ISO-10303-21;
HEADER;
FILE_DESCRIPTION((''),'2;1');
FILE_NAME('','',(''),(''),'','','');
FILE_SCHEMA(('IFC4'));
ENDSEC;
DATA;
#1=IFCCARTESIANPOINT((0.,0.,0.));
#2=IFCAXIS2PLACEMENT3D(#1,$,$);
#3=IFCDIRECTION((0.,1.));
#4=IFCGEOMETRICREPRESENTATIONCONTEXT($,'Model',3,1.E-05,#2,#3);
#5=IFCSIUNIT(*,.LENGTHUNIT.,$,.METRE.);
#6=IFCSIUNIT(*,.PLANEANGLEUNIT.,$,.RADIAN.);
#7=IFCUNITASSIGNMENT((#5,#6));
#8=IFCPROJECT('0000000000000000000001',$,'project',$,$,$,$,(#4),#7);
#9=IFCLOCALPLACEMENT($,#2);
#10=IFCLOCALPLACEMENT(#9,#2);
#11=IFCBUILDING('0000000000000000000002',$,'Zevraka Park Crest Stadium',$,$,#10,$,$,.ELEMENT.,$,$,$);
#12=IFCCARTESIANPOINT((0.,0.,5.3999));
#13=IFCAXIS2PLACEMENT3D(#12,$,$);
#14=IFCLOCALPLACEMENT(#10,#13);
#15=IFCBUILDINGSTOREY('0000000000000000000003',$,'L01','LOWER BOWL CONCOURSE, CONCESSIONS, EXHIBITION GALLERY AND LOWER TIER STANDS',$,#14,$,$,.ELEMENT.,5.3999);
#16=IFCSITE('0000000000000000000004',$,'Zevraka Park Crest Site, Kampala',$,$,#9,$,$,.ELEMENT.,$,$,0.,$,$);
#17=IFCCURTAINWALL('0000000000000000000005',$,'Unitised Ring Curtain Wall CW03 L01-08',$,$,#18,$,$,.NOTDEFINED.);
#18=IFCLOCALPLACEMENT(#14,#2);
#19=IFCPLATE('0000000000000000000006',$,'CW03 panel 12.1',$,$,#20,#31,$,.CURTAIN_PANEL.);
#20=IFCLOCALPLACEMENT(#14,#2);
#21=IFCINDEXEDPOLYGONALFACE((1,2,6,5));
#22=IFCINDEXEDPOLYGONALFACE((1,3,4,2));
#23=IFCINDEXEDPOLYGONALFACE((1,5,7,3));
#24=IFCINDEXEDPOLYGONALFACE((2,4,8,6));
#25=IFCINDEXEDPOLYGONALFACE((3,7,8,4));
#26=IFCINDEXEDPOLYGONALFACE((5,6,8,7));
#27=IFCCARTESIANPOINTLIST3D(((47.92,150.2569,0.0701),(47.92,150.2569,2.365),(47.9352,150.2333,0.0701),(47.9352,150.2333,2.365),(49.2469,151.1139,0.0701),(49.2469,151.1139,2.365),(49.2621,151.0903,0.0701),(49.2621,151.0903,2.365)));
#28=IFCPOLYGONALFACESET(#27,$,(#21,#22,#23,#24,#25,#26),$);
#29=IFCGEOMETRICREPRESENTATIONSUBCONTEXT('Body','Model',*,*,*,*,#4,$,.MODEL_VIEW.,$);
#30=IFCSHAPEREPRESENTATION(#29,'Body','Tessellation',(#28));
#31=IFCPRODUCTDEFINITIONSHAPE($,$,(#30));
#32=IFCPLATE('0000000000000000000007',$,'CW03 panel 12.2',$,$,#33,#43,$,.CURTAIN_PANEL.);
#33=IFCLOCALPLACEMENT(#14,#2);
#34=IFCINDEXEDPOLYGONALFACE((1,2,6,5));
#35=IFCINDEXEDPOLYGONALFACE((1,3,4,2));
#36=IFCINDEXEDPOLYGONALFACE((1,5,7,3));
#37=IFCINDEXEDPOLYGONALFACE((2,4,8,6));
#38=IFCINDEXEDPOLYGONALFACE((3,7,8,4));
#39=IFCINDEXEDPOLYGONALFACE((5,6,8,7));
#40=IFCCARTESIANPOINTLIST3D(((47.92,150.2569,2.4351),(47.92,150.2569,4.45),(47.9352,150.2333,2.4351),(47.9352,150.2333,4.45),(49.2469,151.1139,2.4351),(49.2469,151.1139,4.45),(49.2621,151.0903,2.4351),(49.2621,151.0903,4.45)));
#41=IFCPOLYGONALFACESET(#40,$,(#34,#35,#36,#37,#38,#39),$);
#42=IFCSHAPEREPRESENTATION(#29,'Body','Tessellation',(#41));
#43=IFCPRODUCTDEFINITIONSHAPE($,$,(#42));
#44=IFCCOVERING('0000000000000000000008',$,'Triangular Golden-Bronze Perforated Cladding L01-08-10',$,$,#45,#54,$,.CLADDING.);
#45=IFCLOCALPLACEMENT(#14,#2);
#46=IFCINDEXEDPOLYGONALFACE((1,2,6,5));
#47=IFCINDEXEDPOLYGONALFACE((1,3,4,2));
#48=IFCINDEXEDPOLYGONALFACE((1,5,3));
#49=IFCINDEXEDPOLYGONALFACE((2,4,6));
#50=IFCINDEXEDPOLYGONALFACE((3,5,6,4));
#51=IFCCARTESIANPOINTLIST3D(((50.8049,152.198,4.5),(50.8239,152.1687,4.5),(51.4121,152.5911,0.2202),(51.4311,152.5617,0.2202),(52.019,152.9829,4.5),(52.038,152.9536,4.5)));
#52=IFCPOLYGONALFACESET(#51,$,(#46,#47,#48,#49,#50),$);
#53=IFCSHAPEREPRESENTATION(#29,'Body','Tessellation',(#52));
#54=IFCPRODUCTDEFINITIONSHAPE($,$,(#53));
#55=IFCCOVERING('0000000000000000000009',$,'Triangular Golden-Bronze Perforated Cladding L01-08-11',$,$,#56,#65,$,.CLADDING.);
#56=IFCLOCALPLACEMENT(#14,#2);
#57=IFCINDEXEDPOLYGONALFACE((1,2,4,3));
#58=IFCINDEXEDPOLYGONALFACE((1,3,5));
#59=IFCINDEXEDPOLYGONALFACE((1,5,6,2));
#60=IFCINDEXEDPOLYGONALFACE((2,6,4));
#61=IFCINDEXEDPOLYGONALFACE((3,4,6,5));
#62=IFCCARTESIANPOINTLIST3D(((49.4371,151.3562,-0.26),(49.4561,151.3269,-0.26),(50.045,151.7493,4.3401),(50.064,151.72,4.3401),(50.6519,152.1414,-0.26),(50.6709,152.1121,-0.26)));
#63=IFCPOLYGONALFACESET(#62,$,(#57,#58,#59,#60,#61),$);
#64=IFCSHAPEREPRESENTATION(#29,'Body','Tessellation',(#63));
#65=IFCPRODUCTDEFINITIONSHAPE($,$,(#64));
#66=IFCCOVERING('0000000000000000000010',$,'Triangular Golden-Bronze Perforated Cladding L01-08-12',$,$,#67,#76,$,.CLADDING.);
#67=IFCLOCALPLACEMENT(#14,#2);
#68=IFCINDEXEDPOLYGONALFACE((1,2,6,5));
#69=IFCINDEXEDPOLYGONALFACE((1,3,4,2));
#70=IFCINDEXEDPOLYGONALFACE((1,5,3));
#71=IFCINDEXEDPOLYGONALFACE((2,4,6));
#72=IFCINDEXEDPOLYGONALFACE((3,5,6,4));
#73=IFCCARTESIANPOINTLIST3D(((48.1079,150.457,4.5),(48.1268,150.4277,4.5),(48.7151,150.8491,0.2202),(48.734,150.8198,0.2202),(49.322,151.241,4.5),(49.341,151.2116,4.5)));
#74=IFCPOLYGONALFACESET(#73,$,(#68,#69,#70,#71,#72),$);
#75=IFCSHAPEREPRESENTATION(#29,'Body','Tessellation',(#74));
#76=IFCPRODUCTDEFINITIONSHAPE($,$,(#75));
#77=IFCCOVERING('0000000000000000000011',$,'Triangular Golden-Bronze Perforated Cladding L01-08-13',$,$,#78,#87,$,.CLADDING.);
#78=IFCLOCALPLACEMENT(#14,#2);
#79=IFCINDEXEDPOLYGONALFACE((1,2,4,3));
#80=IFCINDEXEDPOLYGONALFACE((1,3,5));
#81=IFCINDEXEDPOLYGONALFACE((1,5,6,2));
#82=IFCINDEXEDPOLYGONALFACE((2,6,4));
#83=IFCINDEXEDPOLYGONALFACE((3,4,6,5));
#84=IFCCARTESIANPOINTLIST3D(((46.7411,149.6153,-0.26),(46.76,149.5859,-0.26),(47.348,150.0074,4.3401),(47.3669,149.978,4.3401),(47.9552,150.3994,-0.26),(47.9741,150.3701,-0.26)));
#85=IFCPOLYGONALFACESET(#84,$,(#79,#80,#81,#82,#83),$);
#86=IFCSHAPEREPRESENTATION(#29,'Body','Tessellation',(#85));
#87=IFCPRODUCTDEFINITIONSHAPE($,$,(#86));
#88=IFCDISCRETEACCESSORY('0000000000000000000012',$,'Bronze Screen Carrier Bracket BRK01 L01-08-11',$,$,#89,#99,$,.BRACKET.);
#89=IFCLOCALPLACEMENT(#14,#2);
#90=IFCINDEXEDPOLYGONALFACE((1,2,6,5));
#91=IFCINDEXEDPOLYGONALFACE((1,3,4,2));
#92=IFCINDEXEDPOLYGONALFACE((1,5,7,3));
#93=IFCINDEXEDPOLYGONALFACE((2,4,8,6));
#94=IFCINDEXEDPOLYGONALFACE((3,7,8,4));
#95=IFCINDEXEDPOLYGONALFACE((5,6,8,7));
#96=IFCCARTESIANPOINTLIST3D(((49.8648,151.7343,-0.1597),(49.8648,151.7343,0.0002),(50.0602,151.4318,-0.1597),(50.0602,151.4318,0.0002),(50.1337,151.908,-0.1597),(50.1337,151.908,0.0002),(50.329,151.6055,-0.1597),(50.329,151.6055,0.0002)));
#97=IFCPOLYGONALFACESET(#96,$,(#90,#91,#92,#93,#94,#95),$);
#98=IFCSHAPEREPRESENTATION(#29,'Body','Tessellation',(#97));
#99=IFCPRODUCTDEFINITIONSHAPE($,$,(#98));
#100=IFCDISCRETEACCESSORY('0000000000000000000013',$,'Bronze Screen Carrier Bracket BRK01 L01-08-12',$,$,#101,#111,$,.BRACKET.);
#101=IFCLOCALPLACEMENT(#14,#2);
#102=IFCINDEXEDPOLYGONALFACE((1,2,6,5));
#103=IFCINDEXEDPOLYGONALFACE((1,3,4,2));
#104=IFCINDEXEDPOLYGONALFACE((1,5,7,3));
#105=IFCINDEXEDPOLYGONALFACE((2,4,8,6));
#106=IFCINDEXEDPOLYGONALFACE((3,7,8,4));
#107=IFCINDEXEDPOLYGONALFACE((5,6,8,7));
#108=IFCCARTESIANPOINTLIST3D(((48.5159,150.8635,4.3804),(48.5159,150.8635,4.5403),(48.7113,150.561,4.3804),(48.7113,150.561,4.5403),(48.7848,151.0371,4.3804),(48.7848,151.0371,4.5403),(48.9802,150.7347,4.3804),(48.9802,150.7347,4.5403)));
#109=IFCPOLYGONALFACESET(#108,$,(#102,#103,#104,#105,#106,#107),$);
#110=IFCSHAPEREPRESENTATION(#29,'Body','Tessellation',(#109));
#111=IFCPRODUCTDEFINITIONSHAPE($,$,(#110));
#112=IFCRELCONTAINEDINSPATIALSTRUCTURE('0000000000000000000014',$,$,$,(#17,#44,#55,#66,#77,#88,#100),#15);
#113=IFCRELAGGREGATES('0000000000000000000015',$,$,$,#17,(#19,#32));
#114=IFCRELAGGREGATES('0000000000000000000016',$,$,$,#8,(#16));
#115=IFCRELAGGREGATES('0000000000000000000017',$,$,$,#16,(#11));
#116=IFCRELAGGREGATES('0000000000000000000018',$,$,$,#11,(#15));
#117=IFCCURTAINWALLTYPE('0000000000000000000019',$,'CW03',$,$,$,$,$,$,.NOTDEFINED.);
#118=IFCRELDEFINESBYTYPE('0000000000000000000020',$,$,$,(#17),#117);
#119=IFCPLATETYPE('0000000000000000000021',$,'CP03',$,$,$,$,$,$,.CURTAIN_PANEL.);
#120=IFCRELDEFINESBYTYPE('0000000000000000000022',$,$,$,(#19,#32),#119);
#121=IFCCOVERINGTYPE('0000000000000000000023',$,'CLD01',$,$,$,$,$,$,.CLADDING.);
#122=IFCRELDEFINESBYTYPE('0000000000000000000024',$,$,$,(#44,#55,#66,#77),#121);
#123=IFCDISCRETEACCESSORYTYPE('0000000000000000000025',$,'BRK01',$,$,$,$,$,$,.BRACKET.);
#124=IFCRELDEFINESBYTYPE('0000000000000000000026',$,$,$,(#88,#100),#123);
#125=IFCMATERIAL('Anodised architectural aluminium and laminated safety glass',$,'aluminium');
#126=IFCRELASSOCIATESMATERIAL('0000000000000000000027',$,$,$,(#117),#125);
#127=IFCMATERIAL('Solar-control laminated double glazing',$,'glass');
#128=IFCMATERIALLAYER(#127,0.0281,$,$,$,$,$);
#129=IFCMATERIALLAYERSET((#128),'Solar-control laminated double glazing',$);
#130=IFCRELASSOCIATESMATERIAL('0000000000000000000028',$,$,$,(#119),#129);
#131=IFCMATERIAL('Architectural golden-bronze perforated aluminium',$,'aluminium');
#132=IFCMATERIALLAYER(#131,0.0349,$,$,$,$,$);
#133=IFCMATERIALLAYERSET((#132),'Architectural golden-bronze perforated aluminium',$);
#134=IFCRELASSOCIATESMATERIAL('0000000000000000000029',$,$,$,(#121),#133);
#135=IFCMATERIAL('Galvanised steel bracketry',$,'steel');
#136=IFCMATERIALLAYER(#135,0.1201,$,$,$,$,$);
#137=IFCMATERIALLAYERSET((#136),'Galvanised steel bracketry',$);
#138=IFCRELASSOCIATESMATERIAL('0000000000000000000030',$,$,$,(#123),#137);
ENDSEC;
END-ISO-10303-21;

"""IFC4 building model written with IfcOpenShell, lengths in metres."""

from ifc_helpers import new_model, si_unit, direction, frame, origin, origin_2d, place, context, subcontext, project, spatial, polyline, rectangle, outline, extrude, material, layer, layer_set, type_object, element, aggregate, save


model = new_model("IFC4")

# Units and contexts
model_context = context("Model", 3, precision=1e-05, world=origin(), true_north=direction((0.0, 1.0)))
body_context = subcontext(model_context, "Body", "Model", "MODEL_VIEW")
ifc_project = project(units=[si_unit("LENGTHUNIT", "METRE"), si_unit("PLANEANGLEUNIT", "RADIAN")], contexts=[model_context])

# Site, building, storey
site_placement = place(None, origin())
site = spatial("IfcSite", under=ifc_project, at=site_placement, Name="Zevraka Park Crest Site, Kampala", CompositionType="ELEMENT", RefElevation=0.0)
building_placement = place(site_placement, origin())
building = spatial("IfcBuilding", under=site, at=building_placement, Name="Zevraka Park Crest Stadium", CompositionType="ELEMENT")
storey_placement = place(building_placement, frame((0.0, 0.0, 5.3999)))
storey = spatial("IfcBuildingStorey", under=building, at=storey_placement, Name="L01", Description="LOWER BOWL CONCOURSE, CONCESSIONS, EXHIBITION GALLERY AND LOWER TIER STANDS", CompositionType="ELEMENT", Elevation=5.3999)

# Curtain wall, plates
ifc_material_1 = material(Name="Anodised architectural aluminium and laminated safety glass", Category="aluminium")
curtain_wall_type = type_object("IfcCurtainWallType", Name="CW03", PredefinedType="NOTDEFINED", material=ifc_material_1)
curtain_wall_placement = place(storey_placement, origin())
curtain_wall = element("IfcCurtainWall", 1, at=curtain_wall_placement, inside=storey, type_object=curtain_wall_type, Name="Unitised Ring Curtain Wall CW03 L01-08", PredefinedType="NOTDEFINED")
ifc_material_2 = material(Name="Solar-control laminated double glazing", Category="glass")
ifc_layer_1 = layer(ifc_material_2, 0.0281)
ifc_layer_set_1 = layer_set([ifc_layer_1], Name="Solar-control laminated double glazing")
plate_type = type_object("IfcPlateType", Name="CP03", PredefinedType="CURTAIN_PANEL", material=ifc_layer_set_1)
plate_1_placement = place(storey_placement, frame((48.5911, 150.6736, 0.0701), z_axis=(0.0, 0.0, 1.0), x_axis=(-0.84001, -0.542571, 0.0)))
plate_1 = element("IfcPlate", 2, at=plate_1_placement, type_object=plate_type, Name="CW03 panel 12.1", PredefinedType="CURTAIN_PANEL", context=body_context, shape_type="SweptSolid", body=[
    extrude(rectangle(XDim=1.5796, YDim=0.0281, at=origin_2d()), origin(), (0.0, 0.0, 1.0), 2.2949),
])
plate_2_placement = place(storey_placement, frame((48.5911, 150.6736, 2.4351), z_axis=(0.0, 0.0, 1.0), x_axis=(-0.84001, -0.542571, 0.0)))
plate_2 = element("IfcPlate", 3, at=plate_2_placement, type_object=plate_type, Name="CW03 panel 12.2", PredefinedType="CURTAIN_PANEL", context=body_context, shape_type="SweptSolid", body=[
    extrude(rectangle(XDim=1.5796, YDim=0.0281, at=origin_2d()), origin(), (0.0, 0.0, 1.0), 2.0149),
])
aggregate(curtain_wall, [plate_1, plate_2])

# Coverings
ifc_material_3 = material(Name="Architectural golden-bronze perforated aluminium", Category="aluminium")
ifc_layer_2 = layer(ifc_material_3, 0.0349)
ifc_layer_set_2 = layer_set([ifc_layer_2], Name="Architectural golden-bronze perforated aluminium")
covering_type = type_object("IfcCoveringType", Name="CLD01", PredefinedType="CLADDING", material=ifc_layer_set_2)
covering_1_placement = place(storey_placement, frame((50.8049, 152.198, 4.5), z_axis=(-0.542915, 0.839788, 0.000104), x_axis=(0.839788, 0.542915, 0.0)))
element("IfcCovering", 4, at=covering_1_placement, inside=storey, type_object=covering_type, Name="Triangular Golden-Bronze Perforated Cladding L01-08-10", PredefinedType="CLADDING", context=body_context, shape_type="SweptSolid", body=[
    extrude(outline(polyline([(0.0, 0.0), (1.4457, 0.0), (0.7233, 4.2798), (0.0, 0.0)])), origin(), (0.0, 0.0, -1.0), 0.0349),
])
covering_2_placement = place(storey_placement, frame((50.6709, 152.1121, -0.26), z_axis=(0.542803, -0.83986, 0.000032), x_axis=(-0.83986, -0.542803, 0.0)))
element("IfcCovering", 5, at=covering_2_placement, inside=storey, type_object=covering_type, Name="Triangular Golden-Bronze Perforated Cladding L01-08-11", PredefinedType="CLADDING", context=body_context, shape_type="SweptSolid", body=[
    extrude(outline(polyline([(0.0, 0.0), (1.4465, 0.0), (0.7226, -4.6001), (0.0, 0.0)])), origin(), (0.0, 0.0, -1.0), 0.0349),
])
covering_3_placement = place(storey_placement, frame((48.1079, 150.457, 4.5), z_axis=(-0.542439, 0.840096, 0.000008), x_axis=(0.840096, 0.542439, 0.0)))
element("IfcCovering", 6, at=covering_3_placement, inside=storey, type_object=covering_type, Name="Triangular Golden-Bronze Perforated Cladding L01-08-12", PredefinedType="CLADDING", context=body_context, shape_type="SweptSolid", body=[
    extrude(outline(polyline([(0.0, 0.0), (1.4452, 0.0), (0.7228, 4.2798), (0.0, 0.0)])), origin(), (0.0, 0.0, -1.0), 0.0349),
])
covering_4_placement = place(storey_placement, frame((47.9741, 150.3701, -0.26), z_axis=(0.542558, -0.840019, 0.000014), x_axis=(-0.840019, -0.542558, 0.0)))
element("IfcCovering", 7, at=covering_4_placement, inside=storey, type_object=covering_type, Name="Triangular Golden-Bronze Perforated Cladding L01-08-13", PredefinedType="CLADDING", context=body_context, shape_type="SweptSolid", body=[
    extrude(outline(polyline([(0.0, 0.0), (1.4453, 0.0), (0.7228, -4.6001), (0.0, 0.0)])), origin(), (0.0, 0.0, -1.0), 0.0349),
])

# Discrete accessories
ifc_material_4 = material(Name="Galvanised steel bracketry", Category="steel")
ifc_layer_3 = layer(ifc_material_4, 0.1201)
ifc_layer_set_3 = layer_set([ifc_layer_3], Name="Galvanised steel bracketry")
discrete_accessory_type = type_object("IfcDiscreteAccessoryType", Name="BRK01", PredefinedType="BRACKET", material=ifc_layer_set_3)
for number, where, z_axis, x_axis, name in (
    (8, (50.0969, 151.6699, -0.1597), (0.0, 0.0, 1.0), (-0.839999, -0.542588, 0.0), "Bronze Screen Carrier Bracket BRK01 L01-08-11"),
    (9, (48.748, 150.7991, 4.3804), (0.0, 0.0, 1.0), (-0.839999, -0.542588, 0.0), "Bronze Screen Carrier Bracket BRK01 L01-08-12"),
):
    element("IfcDiscreteAccessory", number, at=place(storey_placement, frame(where, z_axis=z_axis, x_axis=x_axis)), inside=storey, type_object=discrete_accessory_type, Name=name, PredefinedType="BRACKET", context=body_context, shape_type="SweptSolid", body=[
        extrude(rectangle(XDim=0.3201, YDim=0.3601, at=origin_2d()), origin(), (0.0, 0.0, 1.0), 0.1599),
    ])

save(model, "model.ifc")
